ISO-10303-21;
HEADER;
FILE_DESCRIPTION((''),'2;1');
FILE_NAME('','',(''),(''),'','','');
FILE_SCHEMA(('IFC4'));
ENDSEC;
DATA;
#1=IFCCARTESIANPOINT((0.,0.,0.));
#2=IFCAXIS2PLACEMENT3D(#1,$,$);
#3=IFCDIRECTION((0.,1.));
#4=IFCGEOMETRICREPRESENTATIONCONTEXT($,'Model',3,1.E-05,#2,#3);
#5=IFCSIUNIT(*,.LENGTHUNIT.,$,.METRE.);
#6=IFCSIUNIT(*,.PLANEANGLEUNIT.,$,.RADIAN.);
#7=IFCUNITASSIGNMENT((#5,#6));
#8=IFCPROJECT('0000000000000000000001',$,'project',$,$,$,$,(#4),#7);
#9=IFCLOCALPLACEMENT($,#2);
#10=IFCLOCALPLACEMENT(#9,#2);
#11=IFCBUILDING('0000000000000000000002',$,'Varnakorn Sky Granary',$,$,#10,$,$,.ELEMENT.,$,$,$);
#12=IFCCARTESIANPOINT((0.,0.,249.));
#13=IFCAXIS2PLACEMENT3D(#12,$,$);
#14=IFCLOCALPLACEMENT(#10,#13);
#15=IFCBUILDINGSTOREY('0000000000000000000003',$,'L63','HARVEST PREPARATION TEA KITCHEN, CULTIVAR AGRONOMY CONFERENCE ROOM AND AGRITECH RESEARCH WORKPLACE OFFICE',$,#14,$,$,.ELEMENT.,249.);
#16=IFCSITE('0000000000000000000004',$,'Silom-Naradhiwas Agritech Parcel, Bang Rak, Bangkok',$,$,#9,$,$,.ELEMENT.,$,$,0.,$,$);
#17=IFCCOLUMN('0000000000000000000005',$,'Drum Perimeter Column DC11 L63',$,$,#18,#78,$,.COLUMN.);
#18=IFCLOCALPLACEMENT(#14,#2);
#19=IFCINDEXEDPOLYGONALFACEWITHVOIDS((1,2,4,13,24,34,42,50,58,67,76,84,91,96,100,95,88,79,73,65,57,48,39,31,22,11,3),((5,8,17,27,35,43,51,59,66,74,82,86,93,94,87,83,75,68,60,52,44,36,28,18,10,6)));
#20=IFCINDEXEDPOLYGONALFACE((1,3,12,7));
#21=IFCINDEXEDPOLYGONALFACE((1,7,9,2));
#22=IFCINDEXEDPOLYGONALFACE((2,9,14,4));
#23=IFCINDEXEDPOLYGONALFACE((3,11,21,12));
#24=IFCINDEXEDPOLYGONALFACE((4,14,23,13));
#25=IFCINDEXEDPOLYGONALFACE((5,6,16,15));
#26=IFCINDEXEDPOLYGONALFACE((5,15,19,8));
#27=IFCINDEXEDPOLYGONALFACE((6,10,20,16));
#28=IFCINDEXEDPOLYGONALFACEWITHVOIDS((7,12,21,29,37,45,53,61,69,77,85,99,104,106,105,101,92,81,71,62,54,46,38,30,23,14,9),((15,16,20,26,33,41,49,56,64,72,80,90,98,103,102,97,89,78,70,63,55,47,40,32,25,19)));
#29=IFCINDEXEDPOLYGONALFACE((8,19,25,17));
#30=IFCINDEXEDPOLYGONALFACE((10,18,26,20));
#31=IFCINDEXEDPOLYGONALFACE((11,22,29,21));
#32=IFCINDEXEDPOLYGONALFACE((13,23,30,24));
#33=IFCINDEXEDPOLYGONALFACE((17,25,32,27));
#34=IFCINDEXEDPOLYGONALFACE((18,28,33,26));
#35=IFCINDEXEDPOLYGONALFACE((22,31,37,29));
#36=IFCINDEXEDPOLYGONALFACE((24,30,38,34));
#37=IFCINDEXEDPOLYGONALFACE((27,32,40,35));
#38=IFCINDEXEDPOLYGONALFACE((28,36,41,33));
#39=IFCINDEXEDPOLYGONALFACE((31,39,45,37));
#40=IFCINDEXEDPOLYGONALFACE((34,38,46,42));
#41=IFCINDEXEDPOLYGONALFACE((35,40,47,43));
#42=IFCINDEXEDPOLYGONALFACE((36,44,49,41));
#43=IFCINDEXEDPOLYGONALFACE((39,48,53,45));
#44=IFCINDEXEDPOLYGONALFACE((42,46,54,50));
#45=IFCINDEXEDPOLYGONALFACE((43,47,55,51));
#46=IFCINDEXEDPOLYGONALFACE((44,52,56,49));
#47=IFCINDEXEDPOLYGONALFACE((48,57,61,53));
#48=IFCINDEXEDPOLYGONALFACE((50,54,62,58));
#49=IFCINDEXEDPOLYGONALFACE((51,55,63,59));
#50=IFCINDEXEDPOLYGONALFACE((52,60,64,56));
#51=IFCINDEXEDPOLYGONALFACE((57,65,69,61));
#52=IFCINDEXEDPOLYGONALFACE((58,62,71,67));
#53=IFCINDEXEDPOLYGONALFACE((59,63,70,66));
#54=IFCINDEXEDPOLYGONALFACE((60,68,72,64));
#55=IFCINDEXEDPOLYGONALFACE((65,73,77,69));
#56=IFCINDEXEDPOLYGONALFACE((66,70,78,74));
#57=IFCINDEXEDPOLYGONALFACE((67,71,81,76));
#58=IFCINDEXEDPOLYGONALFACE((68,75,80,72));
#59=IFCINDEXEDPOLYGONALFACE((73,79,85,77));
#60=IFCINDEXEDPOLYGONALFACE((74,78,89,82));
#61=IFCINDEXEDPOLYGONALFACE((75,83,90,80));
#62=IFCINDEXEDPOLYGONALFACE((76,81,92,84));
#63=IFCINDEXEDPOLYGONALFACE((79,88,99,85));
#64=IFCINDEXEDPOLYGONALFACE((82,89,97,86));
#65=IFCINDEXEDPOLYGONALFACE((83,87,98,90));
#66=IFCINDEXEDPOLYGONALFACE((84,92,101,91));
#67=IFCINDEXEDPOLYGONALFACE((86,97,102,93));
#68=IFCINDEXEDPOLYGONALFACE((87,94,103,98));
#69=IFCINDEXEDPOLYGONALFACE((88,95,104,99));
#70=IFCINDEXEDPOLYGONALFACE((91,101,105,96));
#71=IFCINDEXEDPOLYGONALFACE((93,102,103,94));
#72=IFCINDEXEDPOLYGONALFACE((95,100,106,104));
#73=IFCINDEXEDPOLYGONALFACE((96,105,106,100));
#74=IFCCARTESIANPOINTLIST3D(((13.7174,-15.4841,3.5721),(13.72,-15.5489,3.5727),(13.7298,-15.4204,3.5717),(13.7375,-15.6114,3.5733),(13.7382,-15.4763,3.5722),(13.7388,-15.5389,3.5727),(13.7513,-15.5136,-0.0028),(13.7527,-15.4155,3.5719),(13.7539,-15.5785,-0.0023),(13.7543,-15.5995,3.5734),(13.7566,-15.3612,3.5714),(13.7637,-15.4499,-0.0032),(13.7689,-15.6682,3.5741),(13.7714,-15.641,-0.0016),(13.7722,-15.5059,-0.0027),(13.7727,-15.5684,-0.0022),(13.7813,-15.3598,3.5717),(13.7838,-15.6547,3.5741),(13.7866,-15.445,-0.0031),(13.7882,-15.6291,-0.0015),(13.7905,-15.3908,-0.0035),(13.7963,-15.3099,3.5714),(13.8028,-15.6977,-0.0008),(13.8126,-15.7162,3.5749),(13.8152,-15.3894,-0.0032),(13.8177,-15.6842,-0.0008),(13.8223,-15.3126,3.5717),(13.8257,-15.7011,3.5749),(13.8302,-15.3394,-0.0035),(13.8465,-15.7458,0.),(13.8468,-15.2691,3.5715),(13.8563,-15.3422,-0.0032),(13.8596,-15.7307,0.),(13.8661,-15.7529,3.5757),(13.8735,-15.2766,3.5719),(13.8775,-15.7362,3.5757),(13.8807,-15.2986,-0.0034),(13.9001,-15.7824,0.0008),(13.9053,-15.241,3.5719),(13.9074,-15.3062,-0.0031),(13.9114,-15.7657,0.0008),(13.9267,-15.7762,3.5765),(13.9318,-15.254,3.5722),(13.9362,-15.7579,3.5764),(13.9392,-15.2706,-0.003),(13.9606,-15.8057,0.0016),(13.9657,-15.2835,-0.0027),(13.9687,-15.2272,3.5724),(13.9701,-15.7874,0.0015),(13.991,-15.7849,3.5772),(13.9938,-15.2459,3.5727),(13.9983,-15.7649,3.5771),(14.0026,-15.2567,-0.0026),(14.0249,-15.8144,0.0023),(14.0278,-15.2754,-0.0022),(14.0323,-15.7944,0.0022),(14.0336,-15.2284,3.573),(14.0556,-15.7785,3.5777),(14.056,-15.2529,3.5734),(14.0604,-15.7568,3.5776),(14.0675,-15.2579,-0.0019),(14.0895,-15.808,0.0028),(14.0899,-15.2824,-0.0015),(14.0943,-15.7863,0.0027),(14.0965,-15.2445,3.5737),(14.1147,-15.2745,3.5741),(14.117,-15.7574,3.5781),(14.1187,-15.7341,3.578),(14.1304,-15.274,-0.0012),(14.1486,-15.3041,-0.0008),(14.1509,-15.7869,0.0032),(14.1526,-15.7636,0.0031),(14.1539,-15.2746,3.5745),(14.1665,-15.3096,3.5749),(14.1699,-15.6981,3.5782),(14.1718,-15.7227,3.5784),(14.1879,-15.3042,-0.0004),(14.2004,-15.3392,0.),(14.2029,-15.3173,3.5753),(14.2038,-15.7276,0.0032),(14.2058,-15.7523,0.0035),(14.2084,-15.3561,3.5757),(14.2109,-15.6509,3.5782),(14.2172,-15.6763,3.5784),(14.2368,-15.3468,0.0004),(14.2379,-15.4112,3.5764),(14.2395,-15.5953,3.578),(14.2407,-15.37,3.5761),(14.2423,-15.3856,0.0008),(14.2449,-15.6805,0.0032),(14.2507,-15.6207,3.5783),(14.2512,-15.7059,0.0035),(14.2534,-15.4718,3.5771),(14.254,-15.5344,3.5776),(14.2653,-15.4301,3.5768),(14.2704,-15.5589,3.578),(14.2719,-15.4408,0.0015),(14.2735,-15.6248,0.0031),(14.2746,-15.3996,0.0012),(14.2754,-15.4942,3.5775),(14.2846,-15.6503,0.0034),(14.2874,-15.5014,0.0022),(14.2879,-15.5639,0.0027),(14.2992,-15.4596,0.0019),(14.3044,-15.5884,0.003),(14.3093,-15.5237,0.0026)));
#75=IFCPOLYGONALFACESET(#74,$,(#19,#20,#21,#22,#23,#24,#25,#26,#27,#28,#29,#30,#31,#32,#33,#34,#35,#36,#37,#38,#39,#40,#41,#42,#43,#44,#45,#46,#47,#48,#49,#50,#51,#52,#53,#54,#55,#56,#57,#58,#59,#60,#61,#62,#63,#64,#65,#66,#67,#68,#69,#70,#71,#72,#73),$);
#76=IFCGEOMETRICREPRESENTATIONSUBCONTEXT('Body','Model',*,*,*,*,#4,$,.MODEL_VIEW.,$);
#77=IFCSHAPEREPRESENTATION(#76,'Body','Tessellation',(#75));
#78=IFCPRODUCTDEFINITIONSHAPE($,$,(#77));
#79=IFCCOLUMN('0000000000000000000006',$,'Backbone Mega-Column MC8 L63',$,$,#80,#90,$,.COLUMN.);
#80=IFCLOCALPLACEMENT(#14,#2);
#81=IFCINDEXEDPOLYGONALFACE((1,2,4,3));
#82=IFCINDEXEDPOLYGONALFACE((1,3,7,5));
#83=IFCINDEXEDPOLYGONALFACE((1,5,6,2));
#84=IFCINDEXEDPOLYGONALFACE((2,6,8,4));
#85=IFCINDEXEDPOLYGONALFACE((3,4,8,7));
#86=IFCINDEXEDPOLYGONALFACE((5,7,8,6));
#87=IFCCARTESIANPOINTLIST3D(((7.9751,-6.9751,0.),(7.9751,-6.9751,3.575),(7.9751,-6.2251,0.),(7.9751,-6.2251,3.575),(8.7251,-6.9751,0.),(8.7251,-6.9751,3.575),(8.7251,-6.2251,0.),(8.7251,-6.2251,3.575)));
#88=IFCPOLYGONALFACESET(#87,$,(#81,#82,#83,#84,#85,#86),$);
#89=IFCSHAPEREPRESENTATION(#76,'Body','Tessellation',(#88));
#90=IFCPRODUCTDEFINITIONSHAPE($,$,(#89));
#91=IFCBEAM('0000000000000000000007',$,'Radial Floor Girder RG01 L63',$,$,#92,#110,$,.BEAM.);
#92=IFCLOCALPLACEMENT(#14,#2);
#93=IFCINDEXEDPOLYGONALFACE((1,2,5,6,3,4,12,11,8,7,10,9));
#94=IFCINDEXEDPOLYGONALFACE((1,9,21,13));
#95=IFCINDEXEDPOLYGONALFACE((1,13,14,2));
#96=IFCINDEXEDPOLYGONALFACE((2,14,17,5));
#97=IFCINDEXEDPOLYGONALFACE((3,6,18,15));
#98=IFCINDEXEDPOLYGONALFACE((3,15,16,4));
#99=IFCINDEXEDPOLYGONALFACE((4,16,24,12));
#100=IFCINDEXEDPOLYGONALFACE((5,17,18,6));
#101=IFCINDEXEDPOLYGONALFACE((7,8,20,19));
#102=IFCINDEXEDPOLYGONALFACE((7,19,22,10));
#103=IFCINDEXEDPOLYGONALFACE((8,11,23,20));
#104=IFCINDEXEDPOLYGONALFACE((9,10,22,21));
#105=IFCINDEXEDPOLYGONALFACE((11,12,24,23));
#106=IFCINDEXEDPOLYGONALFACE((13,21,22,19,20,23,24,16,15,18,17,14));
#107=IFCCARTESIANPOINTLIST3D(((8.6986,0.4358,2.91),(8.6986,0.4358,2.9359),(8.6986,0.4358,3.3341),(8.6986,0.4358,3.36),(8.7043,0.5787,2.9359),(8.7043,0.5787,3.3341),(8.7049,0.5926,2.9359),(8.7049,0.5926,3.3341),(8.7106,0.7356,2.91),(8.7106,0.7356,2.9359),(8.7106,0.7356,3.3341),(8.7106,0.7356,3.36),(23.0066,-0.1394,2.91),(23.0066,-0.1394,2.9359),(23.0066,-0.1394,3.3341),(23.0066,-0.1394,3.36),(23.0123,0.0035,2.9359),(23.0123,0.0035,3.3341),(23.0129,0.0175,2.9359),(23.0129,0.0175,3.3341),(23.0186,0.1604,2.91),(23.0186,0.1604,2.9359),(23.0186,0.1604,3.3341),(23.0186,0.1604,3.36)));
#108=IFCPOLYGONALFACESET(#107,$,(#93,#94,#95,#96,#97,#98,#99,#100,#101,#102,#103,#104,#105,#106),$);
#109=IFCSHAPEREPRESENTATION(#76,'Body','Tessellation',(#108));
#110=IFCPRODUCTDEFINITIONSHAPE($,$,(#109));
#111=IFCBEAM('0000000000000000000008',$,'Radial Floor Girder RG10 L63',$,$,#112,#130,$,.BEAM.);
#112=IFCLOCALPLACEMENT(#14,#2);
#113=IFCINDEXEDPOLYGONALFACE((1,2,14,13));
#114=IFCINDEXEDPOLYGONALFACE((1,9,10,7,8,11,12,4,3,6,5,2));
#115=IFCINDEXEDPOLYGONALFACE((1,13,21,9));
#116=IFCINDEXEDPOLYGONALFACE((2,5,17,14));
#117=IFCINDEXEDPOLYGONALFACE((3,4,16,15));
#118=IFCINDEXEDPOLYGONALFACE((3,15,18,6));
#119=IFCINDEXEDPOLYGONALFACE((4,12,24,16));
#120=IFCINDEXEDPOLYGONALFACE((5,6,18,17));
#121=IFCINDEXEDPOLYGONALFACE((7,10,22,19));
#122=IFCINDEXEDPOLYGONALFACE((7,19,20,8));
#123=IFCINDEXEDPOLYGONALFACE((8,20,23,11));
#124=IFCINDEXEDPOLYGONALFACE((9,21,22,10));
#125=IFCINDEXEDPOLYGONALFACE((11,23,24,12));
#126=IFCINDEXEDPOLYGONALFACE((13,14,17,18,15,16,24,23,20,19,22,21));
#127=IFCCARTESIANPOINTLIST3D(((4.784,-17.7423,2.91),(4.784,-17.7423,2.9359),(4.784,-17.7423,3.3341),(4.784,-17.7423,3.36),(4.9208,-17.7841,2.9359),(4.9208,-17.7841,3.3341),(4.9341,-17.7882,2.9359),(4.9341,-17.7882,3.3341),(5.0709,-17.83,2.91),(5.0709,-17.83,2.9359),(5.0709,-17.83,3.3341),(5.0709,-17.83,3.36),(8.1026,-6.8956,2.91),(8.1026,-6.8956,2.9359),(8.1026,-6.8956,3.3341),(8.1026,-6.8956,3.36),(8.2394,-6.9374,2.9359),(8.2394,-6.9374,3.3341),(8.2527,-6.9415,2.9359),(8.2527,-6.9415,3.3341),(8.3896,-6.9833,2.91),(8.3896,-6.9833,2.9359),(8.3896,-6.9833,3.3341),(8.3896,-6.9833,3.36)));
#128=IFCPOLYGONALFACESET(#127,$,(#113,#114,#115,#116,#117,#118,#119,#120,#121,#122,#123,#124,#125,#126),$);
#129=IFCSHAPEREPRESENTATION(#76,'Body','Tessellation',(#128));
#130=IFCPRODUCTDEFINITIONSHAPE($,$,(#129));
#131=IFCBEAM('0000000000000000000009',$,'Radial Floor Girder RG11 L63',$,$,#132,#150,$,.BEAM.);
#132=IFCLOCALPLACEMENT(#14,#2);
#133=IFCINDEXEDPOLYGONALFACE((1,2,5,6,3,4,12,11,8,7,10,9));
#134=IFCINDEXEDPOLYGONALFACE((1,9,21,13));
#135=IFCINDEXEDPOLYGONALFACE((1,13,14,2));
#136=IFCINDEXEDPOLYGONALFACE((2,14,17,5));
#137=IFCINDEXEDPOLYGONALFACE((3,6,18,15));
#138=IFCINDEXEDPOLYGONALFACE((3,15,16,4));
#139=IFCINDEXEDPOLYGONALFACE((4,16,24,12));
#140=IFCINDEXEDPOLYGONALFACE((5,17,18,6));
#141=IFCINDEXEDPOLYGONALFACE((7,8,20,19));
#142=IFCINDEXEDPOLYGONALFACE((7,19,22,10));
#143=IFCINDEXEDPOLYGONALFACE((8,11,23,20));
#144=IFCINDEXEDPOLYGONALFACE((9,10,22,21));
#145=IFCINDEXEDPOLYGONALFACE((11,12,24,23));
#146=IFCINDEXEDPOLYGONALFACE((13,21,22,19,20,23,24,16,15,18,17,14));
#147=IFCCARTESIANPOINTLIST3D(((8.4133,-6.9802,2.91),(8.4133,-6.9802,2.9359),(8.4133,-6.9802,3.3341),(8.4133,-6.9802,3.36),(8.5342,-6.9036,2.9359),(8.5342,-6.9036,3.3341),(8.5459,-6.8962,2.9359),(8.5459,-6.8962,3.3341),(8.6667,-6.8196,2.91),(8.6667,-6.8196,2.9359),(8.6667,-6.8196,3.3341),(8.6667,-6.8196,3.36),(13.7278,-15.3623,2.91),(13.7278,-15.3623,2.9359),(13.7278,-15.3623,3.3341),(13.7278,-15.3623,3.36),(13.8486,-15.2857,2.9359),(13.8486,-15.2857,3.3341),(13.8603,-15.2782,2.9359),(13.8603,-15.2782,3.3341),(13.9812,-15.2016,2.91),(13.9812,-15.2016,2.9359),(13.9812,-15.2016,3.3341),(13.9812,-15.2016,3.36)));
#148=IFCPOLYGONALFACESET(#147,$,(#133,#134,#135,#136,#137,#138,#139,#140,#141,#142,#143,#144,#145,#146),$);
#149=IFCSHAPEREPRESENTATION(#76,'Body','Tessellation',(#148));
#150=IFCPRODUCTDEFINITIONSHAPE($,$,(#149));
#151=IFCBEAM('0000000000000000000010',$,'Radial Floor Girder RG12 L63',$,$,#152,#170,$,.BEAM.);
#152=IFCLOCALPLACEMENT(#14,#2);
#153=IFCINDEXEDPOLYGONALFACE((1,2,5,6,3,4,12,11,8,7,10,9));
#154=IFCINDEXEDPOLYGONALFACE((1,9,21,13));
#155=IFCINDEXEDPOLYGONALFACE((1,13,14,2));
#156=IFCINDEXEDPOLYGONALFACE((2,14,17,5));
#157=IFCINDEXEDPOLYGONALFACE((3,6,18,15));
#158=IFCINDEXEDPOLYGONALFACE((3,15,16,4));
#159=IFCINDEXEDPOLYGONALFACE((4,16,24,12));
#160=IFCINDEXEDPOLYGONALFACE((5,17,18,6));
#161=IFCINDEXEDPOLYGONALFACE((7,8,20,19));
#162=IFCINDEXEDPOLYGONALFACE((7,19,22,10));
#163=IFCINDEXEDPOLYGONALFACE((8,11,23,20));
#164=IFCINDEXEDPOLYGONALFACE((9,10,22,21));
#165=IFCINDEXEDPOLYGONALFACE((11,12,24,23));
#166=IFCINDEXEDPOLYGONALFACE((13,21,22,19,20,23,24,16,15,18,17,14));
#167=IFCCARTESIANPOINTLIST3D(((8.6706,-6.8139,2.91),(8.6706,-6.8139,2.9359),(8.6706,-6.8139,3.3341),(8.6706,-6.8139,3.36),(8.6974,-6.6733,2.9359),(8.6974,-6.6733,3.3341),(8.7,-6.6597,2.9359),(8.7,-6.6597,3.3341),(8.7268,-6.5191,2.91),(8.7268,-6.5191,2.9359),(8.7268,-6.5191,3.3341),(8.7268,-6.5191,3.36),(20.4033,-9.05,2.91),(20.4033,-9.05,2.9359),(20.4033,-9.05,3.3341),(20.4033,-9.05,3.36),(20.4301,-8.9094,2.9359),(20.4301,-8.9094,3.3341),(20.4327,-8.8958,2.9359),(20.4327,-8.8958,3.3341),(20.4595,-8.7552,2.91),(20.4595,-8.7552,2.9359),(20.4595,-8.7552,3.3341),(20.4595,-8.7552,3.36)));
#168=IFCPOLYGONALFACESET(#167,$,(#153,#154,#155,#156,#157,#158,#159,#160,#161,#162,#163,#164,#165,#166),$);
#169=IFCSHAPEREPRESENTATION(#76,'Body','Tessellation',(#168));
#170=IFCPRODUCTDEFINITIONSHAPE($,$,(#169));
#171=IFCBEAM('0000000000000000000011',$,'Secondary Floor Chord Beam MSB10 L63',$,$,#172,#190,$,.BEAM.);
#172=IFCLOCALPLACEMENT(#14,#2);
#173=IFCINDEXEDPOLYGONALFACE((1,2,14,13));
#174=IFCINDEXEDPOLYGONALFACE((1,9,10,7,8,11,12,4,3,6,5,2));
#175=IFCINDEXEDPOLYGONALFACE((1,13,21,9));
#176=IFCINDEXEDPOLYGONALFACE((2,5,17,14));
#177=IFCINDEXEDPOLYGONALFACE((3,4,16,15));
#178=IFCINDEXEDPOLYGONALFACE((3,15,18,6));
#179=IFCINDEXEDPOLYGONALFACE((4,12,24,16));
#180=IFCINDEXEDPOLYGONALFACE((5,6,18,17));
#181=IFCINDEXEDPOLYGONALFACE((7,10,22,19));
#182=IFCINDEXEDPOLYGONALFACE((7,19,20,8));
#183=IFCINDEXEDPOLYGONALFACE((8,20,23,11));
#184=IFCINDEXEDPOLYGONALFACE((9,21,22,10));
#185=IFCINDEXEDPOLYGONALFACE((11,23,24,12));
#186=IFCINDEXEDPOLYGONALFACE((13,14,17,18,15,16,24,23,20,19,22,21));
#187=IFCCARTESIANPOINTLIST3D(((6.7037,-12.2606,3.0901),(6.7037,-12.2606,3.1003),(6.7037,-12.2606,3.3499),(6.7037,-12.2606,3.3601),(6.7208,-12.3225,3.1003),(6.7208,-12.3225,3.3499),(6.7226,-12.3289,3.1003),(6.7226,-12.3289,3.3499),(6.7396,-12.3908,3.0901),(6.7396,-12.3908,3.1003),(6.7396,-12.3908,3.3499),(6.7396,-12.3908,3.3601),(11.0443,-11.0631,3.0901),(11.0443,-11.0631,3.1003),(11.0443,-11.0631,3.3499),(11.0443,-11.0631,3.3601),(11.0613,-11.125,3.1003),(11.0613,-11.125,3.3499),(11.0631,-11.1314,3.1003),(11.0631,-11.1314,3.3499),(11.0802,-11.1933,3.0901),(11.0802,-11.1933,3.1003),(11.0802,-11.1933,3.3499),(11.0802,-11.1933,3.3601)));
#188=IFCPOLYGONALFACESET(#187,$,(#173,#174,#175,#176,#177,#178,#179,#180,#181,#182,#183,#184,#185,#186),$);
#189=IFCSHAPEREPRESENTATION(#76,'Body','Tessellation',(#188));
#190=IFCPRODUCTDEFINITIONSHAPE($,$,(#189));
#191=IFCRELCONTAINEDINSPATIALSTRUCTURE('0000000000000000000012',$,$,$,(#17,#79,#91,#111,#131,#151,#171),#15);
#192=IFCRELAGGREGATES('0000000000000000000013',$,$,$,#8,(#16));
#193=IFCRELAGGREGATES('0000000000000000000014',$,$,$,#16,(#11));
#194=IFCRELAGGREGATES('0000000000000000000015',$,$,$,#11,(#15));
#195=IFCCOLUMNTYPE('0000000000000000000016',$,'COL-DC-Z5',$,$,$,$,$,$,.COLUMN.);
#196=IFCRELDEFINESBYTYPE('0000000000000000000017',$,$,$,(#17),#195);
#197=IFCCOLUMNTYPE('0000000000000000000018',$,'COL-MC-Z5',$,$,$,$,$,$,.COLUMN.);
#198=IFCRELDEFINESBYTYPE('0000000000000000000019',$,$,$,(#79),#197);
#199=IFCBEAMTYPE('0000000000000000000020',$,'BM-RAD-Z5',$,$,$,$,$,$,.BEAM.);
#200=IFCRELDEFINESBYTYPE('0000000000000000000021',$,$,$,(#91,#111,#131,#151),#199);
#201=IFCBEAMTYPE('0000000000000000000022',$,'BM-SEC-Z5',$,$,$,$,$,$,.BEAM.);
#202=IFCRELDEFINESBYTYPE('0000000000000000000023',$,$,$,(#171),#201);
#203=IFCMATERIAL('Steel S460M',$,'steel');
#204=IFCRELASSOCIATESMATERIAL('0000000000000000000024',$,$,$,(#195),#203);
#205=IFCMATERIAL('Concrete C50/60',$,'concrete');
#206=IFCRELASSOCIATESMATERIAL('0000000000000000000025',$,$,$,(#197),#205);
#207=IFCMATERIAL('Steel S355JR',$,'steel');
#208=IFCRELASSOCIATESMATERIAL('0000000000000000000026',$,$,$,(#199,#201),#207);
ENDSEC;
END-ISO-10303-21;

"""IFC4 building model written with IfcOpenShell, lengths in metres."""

from ifc_helpers import new_model, si_unit, direction, frame, origin, origin_2d, place, context, subcontext, project, spatial, rectangle, hollow_circle, i_section, extrude, material, material_profile, profile_set, type_object, element, save


model = new_model("IFC4")

# Units and contexts
model_context = context("Model", 3, precision=1e-05, world=origin(), true_north=direction((0.0, 1.0)))
body_context = subcontext(model_context, "Body", "Model", "MODEL_VIEW")
ifc_project = project(units=[si_unit("LENGTHUNIT", "METRE"), si_unit("PLANEANGLEUNIT", "RADIAN")], contexts=[model_context])

# Site, building, storey
site_placement = place(None, origin())
site = spatial("IfcSite", under=ifc_project, at=site_placement, Name="Silom-Naradhiwas Agritech Parcel, Bang Rak, Bangkok", CompositionType="ELEMENT", RefElevation=0.0)
building_placement = place(site_placement, origin())
building = spatial("IfcBuilding", under=site, at=building_placement, Name="Varnakorn Sky Granary", CompositionType="ELEMENT")
storey_placement = place(building_placement, frame((0.0, 0.0, 249.0)))
storey = spatial("IfcBuildingStorey", under=building, at=storey_placement, Name="L63", Description="HARVEST PREPARATION TEA KITCHEN, CULTIVAR AGRONOMY CONFERENCE ROOM AND AGRITECH RESEARCH WORKPLACE OFFICE", CompositionType="ELEMENT", Elevation=249.0)

# Columns
ifc_material_1 = material(Name="Steel S460M", Category="steel")
ifc_material_profile_1 = material_profile(ifc_material_1, hollow_circle(Radius=0.2795, WallThickness=0.02, at=origin_2d()), Name="CHS 559x20")
ifc_profile_set_1 = profile_set([ifc_material_profile_1], Name="Steel S460M")
column_type_1 = type_object("IfcColumnType", Name="COL-DC-Z5", PredefinedType="COLUMN", material=ifc_profile_set_1)
column_1_placement = place(storey_placement, frame((14.03, -15.5349, 0.0), z_axis=(-0.009492, 0.008263, 0.999921), x_axis=(-0.656582, -0.754255, 0.0)))
element("IfcColumn", 1, at=column_1_placement, inside=storey, type_object=column_type_1, Name="Drum Perimeter Column DC11 L63", PredefinedType="COLUMN", context=body_context, shape_type="SweptSolid", body=[
    extrude(hollow_circle(Radius=0.2795, WallThickness=0.02, at=origin_2d()), origin(), (0.0, 0.0, 1.0), 3.5752),
])
ifc_material_2 = material(Name="Concrete C50/60", Category="concrete")
ifc_material_profile_2 = material_profile(ifc_material_2, rectangle(XDim=0.75, YDim=0.75, at=origin_2d()), Name="RC 750x750")
ifc_profile_set_2 = profile_set([ifc_material_profile_2], Name="Concrete C50/60")
column_type_2 = type_object("IfcColumnType", Name="COL-MC-Z5", PredefinedType="COLUMN", material=ifc_profile_set_2)
column_2_placement = place(storey_placement, frame((8.3501, -6.6001, 0.0), z_axis=(0.0, 0.0, 1.0), x_axis=(1.0, 0.0, 0.0)))
element("IfcColumn", 2, at=column_2_placement, inside=storey, type_object=column_type_2, Name="Backbone Mega-Column MC8 L63", PredefinedType="COLUMN", context=body_context, shape_type="SweptSolid", body=[
    extrude(rectangle(XDim=0.75, YDim=0.75, at=origin_2d()), origin(), (0.0, 0.0, 1.0), 3.575),
])

# Beams
ifc_material_3 = material(Name="Steel S355JR", Category="steel")
ifc_material_profile_3 = material_profile(ifc_material_3, i_section(OverallWidth=0.3, OverallDepth=0.45, WebThickness=0.0139, FlangeThickness=0.0259, at=origin_2d()), Name="HE 450 B")
ifc_profile_set_3 = profile_set([ifc_material_profile_3], Name="Steel S355JR")
beam_type_1 = type_object("IfcBeamType", Name="BM-RAD-Z5", PredefinedType="BEAM", material=ifc_profile_set_3)
beam_1_placement = place(storey_placement, frame((8.7046, 0.5857, 3.135), z_axis=(0.999193, -0.040168, 0.0), x_axis=(0.040168, 0.999193, 0.0)))
element("IfcBeam", 3, at=beam_1_placement, inside=storey, type_object=beam_type_1, Name="Radial Floor Girder RG01 L63", PredefinedType="BEAM", context=body_context, shape_type="SweptSolid", body=[
    extrude(i_section(OverallWidth=0.3, OverallDepth=0.45, WebThickness=0.0139, FlangeThickness=0.0259, at=origin_2d()), origin(), (0.0, 0.0, 1.0), 14.3196),
])
beam_2_placement = place(storey_placement, frame((8.2461, -6.9395, 3.135), z_axis=(-0.292568, -0.956245, 0.0), x_axis=(0.956245, -0.292568, 0.0)))
element("IfcBeam", 4, at=beam_2_placement, inside=storey, type_object=beam_type_1, Name="Radial Floor Girder RG10 L63", PredefinedType="BEAM", context=body_context, shape_type="SweptSolid", body=[
    extrude(i_section(OverallWidth=0.3, OverallDepth=0.45, WebThickness=0.0139, FlangeThickness=0.0259, at=origin_2d()), origin(), (0.0, 0.0, 1.0), 11.343),
])
beam_3_placement = place(storey_placement, frame((8.54, -6.8999, 3.135), z_axis=(0.535469, -0.844555, 0.0), x_axis=(0.844555, 0.535469, 0.0)))
element("IfcBeam", 5, at=beam_3_placement, inside=storey, type_object=beam_type_1, Name="Radial Floor Girder RG11 L63", PredefinedType="BEAM", context=body_context, shape_type="SweptSolid", body=[
    extrude(i_section(OverallWidth=0.3, OverallDepth=0.45, WebThickness=0.0139, FlangeThickness=0.0259, at=origin_2d()), origin(), (0.0, 0.0, 1.0), 9.9248),
])
beam_4_placement = place(storey_placement, frame((8.6987, -6.6665, 3.135), z_axis=(0.982319, -0.187216, 0.0), x_axis=(0.187216, 0.982319, 0.0)))
element("IfcBeam", 6, at=beam_4_placement, inside=storey, type_object=beam_type_1, Name="Radial Floor Girder RG12 L63", PredefinedType="BEAM", context=body_context, shape_type="SweptSolid", body=[
    extrude(i_section(OverallWidth=0.3, OverallDepth=0.45, WebThickness=0.0139, FlangeThickness=0.0259, at=origin_2d()), origin(), (0.0, 0.0, 1.0), 11.9438),
])
ifc_material_profile_4 = material_profile(ifc_material_3, i_section(OverallWidth=0.135, OverallDepth=0.27, WebThickness=0.0066, FlangeThickness=0.0103, at=origin_2d()), Name="IPE 270")
ifc_profile_set_4 = profile_set([ifc_material_profile_4], Name="Steel S355JR")
beam_type_2 = type_object("IfcBeamType", Name="BM-SEC-Z5", PredefinedType="BEAM", material=ifc_profile_set_4)
beam_5_placement = place(storey_placement, frame((6.7217, -12.3257, 3.2251), z_axis=(0.963986, 0.265952, 0.0), x_axis=(-0.265952, 0.963986, 0.0)))
element("IfcBeam", 7, at=beam_5_placement, inside=storey, type_object=beam_type_2, Name="Secondary Floor Chord Beam MSB10 L63", PredefinedType="BEAM", context=body_context, shape_type="SweptSolid", body=[
    extrude(i_section(OverallWidth=0.135, OverallDepth=0.27, WebThickness=0.0066, FlangeThickness=0.0103, at=origin_2d()), origin(), (0.0, 0.0, 1.0), 4.5027),
])

save(model, "model.ifc")
